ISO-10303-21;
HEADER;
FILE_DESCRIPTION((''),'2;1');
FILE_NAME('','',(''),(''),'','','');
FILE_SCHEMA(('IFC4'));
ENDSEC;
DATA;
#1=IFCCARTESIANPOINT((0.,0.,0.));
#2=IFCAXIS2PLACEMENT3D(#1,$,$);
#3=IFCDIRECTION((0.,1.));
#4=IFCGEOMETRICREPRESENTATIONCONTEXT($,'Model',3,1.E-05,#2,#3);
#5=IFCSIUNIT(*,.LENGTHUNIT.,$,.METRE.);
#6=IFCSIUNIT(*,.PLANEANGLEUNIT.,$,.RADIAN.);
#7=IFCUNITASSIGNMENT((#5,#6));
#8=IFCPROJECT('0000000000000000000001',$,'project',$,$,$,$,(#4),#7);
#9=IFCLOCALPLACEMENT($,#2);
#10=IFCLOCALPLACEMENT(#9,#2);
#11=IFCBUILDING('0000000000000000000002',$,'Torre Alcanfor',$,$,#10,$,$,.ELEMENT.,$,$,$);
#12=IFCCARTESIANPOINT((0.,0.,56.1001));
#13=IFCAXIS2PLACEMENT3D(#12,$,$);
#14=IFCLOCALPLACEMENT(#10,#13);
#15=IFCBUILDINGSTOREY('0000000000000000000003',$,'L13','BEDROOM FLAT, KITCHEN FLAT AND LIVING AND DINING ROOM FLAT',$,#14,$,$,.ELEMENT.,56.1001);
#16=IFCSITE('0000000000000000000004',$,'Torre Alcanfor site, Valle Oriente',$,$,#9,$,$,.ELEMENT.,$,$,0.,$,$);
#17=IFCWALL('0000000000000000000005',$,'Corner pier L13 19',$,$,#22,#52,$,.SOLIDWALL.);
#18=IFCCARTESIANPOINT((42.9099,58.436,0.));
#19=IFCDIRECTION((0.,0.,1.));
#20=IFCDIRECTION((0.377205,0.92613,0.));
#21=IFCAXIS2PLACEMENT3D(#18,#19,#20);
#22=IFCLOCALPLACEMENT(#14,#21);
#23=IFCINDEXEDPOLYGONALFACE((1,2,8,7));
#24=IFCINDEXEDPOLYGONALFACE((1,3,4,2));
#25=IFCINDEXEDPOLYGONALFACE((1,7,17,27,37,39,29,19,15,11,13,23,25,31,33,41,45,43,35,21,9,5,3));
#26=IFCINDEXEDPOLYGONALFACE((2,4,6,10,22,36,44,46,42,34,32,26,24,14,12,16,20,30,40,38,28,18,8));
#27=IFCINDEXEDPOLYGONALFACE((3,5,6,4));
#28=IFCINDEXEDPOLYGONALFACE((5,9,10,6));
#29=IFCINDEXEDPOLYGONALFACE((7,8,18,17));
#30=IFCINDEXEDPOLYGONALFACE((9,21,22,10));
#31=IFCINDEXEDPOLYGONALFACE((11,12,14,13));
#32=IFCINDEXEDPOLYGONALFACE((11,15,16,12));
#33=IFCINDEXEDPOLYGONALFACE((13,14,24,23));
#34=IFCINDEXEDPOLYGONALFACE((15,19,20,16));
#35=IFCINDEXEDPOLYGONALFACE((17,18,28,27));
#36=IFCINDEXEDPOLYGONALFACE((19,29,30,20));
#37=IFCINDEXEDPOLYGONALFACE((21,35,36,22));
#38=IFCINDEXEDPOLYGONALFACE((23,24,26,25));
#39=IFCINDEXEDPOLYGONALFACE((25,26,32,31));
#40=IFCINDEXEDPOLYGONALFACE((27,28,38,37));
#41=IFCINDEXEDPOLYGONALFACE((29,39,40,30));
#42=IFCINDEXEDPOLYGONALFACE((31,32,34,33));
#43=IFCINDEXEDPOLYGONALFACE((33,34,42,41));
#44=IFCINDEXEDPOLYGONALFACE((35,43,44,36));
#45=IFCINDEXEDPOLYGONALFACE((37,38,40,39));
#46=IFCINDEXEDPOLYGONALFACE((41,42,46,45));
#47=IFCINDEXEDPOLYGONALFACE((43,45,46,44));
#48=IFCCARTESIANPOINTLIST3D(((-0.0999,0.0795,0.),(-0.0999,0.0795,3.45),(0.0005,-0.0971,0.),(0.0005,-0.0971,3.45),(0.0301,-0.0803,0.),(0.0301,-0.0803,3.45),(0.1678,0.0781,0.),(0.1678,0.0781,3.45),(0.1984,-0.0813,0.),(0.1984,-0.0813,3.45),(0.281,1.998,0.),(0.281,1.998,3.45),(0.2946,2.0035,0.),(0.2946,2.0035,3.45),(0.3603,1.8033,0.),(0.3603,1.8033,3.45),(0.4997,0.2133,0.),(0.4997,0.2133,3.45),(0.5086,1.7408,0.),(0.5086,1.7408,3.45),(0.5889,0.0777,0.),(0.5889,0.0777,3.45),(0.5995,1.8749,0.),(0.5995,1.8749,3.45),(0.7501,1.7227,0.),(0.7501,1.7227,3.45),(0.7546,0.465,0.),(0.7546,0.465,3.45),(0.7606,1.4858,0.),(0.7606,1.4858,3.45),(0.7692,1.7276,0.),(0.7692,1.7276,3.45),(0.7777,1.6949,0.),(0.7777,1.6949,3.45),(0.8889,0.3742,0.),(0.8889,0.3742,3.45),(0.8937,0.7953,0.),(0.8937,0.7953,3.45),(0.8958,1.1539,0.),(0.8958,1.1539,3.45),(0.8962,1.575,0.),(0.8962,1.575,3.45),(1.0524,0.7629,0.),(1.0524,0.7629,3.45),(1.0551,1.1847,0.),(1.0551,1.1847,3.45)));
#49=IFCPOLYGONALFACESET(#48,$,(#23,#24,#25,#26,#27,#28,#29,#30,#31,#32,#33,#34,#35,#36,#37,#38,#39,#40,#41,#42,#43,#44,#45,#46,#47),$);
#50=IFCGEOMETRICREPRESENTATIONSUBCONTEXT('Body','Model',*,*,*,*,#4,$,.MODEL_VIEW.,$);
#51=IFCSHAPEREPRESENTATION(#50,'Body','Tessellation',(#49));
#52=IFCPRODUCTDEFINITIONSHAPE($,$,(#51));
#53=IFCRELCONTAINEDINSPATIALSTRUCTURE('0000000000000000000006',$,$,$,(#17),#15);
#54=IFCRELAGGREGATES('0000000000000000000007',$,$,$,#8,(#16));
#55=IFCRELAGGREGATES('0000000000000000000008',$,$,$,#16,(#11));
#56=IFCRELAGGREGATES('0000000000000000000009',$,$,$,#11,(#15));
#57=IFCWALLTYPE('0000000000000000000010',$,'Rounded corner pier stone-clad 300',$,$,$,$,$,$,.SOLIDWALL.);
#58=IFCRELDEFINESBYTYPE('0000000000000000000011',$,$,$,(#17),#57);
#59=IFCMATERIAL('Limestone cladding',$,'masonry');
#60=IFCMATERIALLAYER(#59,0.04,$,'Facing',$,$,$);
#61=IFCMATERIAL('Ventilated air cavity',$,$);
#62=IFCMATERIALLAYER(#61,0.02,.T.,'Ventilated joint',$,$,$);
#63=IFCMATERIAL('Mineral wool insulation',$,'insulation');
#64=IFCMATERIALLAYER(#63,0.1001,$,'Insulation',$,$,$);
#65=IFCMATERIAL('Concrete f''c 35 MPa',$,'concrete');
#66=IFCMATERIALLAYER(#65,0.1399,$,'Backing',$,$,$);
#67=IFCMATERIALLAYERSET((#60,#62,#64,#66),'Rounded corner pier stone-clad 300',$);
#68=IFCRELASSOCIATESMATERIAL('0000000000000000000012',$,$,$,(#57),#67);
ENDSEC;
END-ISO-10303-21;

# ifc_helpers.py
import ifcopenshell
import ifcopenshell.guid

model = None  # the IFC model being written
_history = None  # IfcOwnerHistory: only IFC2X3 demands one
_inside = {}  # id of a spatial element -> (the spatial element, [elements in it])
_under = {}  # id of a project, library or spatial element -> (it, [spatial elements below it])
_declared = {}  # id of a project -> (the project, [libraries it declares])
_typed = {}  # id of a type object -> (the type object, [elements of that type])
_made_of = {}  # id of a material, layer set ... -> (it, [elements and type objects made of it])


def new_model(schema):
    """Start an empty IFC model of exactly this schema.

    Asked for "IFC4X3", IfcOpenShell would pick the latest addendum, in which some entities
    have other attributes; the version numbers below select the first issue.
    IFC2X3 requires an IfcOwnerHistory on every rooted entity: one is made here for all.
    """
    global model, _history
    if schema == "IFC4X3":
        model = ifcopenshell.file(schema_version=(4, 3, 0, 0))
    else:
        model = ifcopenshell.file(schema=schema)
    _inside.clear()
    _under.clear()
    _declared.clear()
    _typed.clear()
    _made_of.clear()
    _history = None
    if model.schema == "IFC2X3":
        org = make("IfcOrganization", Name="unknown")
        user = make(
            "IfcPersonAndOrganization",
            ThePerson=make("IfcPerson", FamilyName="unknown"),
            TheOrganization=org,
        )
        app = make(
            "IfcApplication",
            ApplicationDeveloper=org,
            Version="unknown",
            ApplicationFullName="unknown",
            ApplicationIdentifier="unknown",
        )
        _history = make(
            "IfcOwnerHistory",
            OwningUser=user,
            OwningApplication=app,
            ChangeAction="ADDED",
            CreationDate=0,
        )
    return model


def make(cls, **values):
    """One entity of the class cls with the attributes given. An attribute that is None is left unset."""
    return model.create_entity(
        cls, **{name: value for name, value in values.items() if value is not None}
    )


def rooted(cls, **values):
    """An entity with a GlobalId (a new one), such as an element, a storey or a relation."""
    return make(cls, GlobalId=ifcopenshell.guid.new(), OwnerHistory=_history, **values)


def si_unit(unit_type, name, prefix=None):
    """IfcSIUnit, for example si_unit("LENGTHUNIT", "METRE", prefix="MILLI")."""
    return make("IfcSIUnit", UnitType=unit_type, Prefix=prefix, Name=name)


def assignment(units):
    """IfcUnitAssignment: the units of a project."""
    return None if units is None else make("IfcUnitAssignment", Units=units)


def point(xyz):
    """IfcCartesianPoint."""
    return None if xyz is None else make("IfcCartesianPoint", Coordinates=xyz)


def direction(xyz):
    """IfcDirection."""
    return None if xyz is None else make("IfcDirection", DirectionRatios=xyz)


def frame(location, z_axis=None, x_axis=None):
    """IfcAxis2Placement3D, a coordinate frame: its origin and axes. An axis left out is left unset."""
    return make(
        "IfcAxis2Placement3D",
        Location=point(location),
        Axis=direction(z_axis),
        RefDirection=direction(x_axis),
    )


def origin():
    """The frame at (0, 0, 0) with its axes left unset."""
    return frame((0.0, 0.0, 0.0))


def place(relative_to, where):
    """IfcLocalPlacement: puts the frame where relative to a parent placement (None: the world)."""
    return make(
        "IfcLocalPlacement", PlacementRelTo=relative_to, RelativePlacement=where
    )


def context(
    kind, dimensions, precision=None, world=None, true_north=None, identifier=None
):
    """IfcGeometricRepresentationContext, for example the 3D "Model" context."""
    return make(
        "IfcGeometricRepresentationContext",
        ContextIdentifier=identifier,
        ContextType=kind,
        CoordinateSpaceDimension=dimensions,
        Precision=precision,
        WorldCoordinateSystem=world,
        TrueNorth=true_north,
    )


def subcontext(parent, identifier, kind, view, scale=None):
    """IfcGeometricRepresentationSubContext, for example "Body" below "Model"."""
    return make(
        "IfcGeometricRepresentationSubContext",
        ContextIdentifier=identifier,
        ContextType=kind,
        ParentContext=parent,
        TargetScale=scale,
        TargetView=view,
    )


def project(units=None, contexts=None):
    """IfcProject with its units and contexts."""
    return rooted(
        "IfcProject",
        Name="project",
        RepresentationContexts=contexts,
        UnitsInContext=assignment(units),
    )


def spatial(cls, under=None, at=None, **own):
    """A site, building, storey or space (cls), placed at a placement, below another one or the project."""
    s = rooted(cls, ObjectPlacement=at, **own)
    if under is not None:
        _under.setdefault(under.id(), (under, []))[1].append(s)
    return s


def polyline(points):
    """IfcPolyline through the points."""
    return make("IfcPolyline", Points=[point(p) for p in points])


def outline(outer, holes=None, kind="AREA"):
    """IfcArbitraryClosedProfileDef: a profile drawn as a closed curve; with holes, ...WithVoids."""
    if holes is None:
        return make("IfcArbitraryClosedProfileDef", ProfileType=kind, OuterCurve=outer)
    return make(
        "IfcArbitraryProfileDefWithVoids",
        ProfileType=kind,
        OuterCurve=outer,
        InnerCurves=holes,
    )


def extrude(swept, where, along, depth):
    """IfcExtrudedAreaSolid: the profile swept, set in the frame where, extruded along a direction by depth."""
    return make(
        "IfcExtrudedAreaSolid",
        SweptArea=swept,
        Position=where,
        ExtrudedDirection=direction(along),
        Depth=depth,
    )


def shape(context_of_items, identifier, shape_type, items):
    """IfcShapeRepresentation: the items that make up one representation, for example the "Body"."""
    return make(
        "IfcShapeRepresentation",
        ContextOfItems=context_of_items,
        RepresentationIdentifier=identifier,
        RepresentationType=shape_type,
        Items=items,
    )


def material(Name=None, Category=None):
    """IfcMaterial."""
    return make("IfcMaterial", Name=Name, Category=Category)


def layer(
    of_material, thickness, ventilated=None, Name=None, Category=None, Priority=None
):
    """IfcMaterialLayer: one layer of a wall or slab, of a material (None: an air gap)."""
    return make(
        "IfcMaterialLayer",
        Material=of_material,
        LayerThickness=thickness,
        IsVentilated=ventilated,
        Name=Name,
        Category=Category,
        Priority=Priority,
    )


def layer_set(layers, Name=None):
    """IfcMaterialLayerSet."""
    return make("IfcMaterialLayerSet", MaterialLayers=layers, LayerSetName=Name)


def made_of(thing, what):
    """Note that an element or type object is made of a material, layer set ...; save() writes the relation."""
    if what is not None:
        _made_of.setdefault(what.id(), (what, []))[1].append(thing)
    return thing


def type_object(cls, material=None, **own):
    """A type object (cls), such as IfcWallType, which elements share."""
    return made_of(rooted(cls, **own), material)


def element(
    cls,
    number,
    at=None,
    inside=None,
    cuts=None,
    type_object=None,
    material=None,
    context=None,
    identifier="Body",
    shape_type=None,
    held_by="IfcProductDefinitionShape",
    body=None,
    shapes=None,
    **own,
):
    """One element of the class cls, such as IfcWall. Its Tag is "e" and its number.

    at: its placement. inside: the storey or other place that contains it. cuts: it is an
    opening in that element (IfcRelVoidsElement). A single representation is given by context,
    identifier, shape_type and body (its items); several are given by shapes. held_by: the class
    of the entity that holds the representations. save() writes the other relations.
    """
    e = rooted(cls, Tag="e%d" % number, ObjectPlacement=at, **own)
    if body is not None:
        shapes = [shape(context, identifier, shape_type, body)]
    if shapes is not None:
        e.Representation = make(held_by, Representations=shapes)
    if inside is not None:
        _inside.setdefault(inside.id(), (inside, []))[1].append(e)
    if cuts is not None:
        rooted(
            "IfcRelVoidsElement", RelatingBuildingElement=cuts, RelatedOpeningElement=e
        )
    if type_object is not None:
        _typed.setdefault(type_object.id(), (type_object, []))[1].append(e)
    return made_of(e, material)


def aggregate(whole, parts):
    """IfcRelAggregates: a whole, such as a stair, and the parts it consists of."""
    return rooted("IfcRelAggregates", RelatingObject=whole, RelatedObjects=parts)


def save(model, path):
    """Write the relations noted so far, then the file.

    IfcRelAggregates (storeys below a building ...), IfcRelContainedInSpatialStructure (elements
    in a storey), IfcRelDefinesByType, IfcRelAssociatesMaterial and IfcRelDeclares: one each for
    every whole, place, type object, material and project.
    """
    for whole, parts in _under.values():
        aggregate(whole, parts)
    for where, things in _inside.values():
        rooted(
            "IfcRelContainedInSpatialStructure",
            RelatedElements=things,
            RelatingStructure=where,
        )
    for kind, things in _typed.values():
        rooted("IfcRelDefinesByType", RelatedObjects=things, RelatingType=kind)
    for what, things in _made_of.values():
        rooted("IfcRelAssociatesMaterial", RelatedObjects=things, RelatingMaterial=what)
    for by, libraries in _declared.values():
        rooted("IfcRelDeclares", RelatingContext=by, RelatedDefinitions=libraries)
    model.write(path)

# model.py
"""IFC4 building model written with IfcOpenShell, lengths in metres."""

from ifc_helpers import new_model, si_unit, direction, frame, origin, place, context, subcontext, project, spatial, polyline, outline, extrude, material, layer, layer_set, type_object, element, save


model = new_model("IFC4")

# Units and contexts
model_context = context("Model", 3, precision=1e-05, world=origin(), true_north=direction((0.0, 1.0)))
body_context = subcontext(model_context, "Body", "Model", "MODEL_VIEW")
ifc_project = project(units=[si_unit("LENGTHUNIT", "METRE"), si_unit("PLANEANGLEUNIT", "RADIAN")], contexts=[model_context])

# Site, building, storey
site_placement = place(None, origin())
site = spatial("IfcSite", under=ifc_project, at=site_placement, Name="Torre Alcanfor site, Valle Oriente", CompositionType="ELEMENT", RefElevation=0.0)
building_placement = place(site_placement, origin())
building = spatial("IfcBuilding", under=site, at=building_placement, Name="Torre Alcanfor", CompositionType="ELEMENT")
storey_placement = place(building_placement, frame((0.0, 0.0, 56.1001)))
storey = spatial("IfcBuildingStorey", under=building, at=storey_placement, Name="L13", Description="BEDROOM FLAT, KITCHEN FLAT AND LIVING AND DINING ROOM FLAT", CompositionType="ELEMENT", Elevation=56.1001)

# Shared definitions
ifc_material_1 = material(Name="Limestone cladding", Category="masonry")
ifc_material_2 = material(Name="Ventilated air cavity")
ifc_material_3 = material(Name="Mineral wool insulation", Category="insulation")
ifc_material_4 = material(Name="Concrete f'c 35 MPa", Category="concrete")

# Wall
ifc_layer_1 = layer(ifc_material_1, 0.04, Name="Facing")
ifc_layer_2 = layer(ifc_material_2, 0.02, ventilated=True, Name="Ventilated joint")
ifc_layer_3 = layer(ifc_material_3, 0.1001, Name="Insulation")
ifc_layer_4 = layer(ifc_material_4, 0.1399, Name="Backing")
ifc_layer_set_1 = layer_set([ifc_layer_1, ifc_layer_2, ifc_layer_3, ifc_layer_4], Name="Rounded corner pier stone-clad 300")
wall_type_1 = type_object("IfcWallType", Name="Rounded corner pier stone-clad 300", PredefinedType="SOLIDWALL", material=ifc_layer_set_1)
wall_1_placement = place(storey_placement, frame((42.9099, 58.436, 0.0), z_axis=(0.0, 0.0, 1.0), x_axis=(0.377205, 0.92613, 0.0)))
element("IfcWall", 1, at=wall_1_placement, inside=storey, type_object=wall_type_1, Name="Corner pier L13 19", PredefinedType="SOLIDWALL", context=body_context, shape_type="SweptSolid", body=[
    extrude(outline(polyline([(0.7692, 1.7276), (0.7501, 1.7227), (0.5995, 1.8749), (0.2946, 2.0035), (0.281, 1.998), (0.3603, 1.8033), (0.5086, 1.7408), (0.7606, 1.4858), (0.8958, 1.1539), (0.8937, 0.7953), (0.7546, 0.465), (0.4997, 0.2133), (0.1678, 0.0781), (-0.0999, 0.0795), (0.0005, -0.0971), (0.0301, -0.0803), (0.1984, -0.0813), (0.5889, 0.0777), (0.8889, 0.3742), (1.0524, 0.7629), (1.0551, 1.1847), (0.8962, 1.575), (0.7777, 1.6949), (0.7692, 1.7276)])), origin(), (0.0, 0.0, 1.0), 3.45),
])

save(model, "model.ifc")
